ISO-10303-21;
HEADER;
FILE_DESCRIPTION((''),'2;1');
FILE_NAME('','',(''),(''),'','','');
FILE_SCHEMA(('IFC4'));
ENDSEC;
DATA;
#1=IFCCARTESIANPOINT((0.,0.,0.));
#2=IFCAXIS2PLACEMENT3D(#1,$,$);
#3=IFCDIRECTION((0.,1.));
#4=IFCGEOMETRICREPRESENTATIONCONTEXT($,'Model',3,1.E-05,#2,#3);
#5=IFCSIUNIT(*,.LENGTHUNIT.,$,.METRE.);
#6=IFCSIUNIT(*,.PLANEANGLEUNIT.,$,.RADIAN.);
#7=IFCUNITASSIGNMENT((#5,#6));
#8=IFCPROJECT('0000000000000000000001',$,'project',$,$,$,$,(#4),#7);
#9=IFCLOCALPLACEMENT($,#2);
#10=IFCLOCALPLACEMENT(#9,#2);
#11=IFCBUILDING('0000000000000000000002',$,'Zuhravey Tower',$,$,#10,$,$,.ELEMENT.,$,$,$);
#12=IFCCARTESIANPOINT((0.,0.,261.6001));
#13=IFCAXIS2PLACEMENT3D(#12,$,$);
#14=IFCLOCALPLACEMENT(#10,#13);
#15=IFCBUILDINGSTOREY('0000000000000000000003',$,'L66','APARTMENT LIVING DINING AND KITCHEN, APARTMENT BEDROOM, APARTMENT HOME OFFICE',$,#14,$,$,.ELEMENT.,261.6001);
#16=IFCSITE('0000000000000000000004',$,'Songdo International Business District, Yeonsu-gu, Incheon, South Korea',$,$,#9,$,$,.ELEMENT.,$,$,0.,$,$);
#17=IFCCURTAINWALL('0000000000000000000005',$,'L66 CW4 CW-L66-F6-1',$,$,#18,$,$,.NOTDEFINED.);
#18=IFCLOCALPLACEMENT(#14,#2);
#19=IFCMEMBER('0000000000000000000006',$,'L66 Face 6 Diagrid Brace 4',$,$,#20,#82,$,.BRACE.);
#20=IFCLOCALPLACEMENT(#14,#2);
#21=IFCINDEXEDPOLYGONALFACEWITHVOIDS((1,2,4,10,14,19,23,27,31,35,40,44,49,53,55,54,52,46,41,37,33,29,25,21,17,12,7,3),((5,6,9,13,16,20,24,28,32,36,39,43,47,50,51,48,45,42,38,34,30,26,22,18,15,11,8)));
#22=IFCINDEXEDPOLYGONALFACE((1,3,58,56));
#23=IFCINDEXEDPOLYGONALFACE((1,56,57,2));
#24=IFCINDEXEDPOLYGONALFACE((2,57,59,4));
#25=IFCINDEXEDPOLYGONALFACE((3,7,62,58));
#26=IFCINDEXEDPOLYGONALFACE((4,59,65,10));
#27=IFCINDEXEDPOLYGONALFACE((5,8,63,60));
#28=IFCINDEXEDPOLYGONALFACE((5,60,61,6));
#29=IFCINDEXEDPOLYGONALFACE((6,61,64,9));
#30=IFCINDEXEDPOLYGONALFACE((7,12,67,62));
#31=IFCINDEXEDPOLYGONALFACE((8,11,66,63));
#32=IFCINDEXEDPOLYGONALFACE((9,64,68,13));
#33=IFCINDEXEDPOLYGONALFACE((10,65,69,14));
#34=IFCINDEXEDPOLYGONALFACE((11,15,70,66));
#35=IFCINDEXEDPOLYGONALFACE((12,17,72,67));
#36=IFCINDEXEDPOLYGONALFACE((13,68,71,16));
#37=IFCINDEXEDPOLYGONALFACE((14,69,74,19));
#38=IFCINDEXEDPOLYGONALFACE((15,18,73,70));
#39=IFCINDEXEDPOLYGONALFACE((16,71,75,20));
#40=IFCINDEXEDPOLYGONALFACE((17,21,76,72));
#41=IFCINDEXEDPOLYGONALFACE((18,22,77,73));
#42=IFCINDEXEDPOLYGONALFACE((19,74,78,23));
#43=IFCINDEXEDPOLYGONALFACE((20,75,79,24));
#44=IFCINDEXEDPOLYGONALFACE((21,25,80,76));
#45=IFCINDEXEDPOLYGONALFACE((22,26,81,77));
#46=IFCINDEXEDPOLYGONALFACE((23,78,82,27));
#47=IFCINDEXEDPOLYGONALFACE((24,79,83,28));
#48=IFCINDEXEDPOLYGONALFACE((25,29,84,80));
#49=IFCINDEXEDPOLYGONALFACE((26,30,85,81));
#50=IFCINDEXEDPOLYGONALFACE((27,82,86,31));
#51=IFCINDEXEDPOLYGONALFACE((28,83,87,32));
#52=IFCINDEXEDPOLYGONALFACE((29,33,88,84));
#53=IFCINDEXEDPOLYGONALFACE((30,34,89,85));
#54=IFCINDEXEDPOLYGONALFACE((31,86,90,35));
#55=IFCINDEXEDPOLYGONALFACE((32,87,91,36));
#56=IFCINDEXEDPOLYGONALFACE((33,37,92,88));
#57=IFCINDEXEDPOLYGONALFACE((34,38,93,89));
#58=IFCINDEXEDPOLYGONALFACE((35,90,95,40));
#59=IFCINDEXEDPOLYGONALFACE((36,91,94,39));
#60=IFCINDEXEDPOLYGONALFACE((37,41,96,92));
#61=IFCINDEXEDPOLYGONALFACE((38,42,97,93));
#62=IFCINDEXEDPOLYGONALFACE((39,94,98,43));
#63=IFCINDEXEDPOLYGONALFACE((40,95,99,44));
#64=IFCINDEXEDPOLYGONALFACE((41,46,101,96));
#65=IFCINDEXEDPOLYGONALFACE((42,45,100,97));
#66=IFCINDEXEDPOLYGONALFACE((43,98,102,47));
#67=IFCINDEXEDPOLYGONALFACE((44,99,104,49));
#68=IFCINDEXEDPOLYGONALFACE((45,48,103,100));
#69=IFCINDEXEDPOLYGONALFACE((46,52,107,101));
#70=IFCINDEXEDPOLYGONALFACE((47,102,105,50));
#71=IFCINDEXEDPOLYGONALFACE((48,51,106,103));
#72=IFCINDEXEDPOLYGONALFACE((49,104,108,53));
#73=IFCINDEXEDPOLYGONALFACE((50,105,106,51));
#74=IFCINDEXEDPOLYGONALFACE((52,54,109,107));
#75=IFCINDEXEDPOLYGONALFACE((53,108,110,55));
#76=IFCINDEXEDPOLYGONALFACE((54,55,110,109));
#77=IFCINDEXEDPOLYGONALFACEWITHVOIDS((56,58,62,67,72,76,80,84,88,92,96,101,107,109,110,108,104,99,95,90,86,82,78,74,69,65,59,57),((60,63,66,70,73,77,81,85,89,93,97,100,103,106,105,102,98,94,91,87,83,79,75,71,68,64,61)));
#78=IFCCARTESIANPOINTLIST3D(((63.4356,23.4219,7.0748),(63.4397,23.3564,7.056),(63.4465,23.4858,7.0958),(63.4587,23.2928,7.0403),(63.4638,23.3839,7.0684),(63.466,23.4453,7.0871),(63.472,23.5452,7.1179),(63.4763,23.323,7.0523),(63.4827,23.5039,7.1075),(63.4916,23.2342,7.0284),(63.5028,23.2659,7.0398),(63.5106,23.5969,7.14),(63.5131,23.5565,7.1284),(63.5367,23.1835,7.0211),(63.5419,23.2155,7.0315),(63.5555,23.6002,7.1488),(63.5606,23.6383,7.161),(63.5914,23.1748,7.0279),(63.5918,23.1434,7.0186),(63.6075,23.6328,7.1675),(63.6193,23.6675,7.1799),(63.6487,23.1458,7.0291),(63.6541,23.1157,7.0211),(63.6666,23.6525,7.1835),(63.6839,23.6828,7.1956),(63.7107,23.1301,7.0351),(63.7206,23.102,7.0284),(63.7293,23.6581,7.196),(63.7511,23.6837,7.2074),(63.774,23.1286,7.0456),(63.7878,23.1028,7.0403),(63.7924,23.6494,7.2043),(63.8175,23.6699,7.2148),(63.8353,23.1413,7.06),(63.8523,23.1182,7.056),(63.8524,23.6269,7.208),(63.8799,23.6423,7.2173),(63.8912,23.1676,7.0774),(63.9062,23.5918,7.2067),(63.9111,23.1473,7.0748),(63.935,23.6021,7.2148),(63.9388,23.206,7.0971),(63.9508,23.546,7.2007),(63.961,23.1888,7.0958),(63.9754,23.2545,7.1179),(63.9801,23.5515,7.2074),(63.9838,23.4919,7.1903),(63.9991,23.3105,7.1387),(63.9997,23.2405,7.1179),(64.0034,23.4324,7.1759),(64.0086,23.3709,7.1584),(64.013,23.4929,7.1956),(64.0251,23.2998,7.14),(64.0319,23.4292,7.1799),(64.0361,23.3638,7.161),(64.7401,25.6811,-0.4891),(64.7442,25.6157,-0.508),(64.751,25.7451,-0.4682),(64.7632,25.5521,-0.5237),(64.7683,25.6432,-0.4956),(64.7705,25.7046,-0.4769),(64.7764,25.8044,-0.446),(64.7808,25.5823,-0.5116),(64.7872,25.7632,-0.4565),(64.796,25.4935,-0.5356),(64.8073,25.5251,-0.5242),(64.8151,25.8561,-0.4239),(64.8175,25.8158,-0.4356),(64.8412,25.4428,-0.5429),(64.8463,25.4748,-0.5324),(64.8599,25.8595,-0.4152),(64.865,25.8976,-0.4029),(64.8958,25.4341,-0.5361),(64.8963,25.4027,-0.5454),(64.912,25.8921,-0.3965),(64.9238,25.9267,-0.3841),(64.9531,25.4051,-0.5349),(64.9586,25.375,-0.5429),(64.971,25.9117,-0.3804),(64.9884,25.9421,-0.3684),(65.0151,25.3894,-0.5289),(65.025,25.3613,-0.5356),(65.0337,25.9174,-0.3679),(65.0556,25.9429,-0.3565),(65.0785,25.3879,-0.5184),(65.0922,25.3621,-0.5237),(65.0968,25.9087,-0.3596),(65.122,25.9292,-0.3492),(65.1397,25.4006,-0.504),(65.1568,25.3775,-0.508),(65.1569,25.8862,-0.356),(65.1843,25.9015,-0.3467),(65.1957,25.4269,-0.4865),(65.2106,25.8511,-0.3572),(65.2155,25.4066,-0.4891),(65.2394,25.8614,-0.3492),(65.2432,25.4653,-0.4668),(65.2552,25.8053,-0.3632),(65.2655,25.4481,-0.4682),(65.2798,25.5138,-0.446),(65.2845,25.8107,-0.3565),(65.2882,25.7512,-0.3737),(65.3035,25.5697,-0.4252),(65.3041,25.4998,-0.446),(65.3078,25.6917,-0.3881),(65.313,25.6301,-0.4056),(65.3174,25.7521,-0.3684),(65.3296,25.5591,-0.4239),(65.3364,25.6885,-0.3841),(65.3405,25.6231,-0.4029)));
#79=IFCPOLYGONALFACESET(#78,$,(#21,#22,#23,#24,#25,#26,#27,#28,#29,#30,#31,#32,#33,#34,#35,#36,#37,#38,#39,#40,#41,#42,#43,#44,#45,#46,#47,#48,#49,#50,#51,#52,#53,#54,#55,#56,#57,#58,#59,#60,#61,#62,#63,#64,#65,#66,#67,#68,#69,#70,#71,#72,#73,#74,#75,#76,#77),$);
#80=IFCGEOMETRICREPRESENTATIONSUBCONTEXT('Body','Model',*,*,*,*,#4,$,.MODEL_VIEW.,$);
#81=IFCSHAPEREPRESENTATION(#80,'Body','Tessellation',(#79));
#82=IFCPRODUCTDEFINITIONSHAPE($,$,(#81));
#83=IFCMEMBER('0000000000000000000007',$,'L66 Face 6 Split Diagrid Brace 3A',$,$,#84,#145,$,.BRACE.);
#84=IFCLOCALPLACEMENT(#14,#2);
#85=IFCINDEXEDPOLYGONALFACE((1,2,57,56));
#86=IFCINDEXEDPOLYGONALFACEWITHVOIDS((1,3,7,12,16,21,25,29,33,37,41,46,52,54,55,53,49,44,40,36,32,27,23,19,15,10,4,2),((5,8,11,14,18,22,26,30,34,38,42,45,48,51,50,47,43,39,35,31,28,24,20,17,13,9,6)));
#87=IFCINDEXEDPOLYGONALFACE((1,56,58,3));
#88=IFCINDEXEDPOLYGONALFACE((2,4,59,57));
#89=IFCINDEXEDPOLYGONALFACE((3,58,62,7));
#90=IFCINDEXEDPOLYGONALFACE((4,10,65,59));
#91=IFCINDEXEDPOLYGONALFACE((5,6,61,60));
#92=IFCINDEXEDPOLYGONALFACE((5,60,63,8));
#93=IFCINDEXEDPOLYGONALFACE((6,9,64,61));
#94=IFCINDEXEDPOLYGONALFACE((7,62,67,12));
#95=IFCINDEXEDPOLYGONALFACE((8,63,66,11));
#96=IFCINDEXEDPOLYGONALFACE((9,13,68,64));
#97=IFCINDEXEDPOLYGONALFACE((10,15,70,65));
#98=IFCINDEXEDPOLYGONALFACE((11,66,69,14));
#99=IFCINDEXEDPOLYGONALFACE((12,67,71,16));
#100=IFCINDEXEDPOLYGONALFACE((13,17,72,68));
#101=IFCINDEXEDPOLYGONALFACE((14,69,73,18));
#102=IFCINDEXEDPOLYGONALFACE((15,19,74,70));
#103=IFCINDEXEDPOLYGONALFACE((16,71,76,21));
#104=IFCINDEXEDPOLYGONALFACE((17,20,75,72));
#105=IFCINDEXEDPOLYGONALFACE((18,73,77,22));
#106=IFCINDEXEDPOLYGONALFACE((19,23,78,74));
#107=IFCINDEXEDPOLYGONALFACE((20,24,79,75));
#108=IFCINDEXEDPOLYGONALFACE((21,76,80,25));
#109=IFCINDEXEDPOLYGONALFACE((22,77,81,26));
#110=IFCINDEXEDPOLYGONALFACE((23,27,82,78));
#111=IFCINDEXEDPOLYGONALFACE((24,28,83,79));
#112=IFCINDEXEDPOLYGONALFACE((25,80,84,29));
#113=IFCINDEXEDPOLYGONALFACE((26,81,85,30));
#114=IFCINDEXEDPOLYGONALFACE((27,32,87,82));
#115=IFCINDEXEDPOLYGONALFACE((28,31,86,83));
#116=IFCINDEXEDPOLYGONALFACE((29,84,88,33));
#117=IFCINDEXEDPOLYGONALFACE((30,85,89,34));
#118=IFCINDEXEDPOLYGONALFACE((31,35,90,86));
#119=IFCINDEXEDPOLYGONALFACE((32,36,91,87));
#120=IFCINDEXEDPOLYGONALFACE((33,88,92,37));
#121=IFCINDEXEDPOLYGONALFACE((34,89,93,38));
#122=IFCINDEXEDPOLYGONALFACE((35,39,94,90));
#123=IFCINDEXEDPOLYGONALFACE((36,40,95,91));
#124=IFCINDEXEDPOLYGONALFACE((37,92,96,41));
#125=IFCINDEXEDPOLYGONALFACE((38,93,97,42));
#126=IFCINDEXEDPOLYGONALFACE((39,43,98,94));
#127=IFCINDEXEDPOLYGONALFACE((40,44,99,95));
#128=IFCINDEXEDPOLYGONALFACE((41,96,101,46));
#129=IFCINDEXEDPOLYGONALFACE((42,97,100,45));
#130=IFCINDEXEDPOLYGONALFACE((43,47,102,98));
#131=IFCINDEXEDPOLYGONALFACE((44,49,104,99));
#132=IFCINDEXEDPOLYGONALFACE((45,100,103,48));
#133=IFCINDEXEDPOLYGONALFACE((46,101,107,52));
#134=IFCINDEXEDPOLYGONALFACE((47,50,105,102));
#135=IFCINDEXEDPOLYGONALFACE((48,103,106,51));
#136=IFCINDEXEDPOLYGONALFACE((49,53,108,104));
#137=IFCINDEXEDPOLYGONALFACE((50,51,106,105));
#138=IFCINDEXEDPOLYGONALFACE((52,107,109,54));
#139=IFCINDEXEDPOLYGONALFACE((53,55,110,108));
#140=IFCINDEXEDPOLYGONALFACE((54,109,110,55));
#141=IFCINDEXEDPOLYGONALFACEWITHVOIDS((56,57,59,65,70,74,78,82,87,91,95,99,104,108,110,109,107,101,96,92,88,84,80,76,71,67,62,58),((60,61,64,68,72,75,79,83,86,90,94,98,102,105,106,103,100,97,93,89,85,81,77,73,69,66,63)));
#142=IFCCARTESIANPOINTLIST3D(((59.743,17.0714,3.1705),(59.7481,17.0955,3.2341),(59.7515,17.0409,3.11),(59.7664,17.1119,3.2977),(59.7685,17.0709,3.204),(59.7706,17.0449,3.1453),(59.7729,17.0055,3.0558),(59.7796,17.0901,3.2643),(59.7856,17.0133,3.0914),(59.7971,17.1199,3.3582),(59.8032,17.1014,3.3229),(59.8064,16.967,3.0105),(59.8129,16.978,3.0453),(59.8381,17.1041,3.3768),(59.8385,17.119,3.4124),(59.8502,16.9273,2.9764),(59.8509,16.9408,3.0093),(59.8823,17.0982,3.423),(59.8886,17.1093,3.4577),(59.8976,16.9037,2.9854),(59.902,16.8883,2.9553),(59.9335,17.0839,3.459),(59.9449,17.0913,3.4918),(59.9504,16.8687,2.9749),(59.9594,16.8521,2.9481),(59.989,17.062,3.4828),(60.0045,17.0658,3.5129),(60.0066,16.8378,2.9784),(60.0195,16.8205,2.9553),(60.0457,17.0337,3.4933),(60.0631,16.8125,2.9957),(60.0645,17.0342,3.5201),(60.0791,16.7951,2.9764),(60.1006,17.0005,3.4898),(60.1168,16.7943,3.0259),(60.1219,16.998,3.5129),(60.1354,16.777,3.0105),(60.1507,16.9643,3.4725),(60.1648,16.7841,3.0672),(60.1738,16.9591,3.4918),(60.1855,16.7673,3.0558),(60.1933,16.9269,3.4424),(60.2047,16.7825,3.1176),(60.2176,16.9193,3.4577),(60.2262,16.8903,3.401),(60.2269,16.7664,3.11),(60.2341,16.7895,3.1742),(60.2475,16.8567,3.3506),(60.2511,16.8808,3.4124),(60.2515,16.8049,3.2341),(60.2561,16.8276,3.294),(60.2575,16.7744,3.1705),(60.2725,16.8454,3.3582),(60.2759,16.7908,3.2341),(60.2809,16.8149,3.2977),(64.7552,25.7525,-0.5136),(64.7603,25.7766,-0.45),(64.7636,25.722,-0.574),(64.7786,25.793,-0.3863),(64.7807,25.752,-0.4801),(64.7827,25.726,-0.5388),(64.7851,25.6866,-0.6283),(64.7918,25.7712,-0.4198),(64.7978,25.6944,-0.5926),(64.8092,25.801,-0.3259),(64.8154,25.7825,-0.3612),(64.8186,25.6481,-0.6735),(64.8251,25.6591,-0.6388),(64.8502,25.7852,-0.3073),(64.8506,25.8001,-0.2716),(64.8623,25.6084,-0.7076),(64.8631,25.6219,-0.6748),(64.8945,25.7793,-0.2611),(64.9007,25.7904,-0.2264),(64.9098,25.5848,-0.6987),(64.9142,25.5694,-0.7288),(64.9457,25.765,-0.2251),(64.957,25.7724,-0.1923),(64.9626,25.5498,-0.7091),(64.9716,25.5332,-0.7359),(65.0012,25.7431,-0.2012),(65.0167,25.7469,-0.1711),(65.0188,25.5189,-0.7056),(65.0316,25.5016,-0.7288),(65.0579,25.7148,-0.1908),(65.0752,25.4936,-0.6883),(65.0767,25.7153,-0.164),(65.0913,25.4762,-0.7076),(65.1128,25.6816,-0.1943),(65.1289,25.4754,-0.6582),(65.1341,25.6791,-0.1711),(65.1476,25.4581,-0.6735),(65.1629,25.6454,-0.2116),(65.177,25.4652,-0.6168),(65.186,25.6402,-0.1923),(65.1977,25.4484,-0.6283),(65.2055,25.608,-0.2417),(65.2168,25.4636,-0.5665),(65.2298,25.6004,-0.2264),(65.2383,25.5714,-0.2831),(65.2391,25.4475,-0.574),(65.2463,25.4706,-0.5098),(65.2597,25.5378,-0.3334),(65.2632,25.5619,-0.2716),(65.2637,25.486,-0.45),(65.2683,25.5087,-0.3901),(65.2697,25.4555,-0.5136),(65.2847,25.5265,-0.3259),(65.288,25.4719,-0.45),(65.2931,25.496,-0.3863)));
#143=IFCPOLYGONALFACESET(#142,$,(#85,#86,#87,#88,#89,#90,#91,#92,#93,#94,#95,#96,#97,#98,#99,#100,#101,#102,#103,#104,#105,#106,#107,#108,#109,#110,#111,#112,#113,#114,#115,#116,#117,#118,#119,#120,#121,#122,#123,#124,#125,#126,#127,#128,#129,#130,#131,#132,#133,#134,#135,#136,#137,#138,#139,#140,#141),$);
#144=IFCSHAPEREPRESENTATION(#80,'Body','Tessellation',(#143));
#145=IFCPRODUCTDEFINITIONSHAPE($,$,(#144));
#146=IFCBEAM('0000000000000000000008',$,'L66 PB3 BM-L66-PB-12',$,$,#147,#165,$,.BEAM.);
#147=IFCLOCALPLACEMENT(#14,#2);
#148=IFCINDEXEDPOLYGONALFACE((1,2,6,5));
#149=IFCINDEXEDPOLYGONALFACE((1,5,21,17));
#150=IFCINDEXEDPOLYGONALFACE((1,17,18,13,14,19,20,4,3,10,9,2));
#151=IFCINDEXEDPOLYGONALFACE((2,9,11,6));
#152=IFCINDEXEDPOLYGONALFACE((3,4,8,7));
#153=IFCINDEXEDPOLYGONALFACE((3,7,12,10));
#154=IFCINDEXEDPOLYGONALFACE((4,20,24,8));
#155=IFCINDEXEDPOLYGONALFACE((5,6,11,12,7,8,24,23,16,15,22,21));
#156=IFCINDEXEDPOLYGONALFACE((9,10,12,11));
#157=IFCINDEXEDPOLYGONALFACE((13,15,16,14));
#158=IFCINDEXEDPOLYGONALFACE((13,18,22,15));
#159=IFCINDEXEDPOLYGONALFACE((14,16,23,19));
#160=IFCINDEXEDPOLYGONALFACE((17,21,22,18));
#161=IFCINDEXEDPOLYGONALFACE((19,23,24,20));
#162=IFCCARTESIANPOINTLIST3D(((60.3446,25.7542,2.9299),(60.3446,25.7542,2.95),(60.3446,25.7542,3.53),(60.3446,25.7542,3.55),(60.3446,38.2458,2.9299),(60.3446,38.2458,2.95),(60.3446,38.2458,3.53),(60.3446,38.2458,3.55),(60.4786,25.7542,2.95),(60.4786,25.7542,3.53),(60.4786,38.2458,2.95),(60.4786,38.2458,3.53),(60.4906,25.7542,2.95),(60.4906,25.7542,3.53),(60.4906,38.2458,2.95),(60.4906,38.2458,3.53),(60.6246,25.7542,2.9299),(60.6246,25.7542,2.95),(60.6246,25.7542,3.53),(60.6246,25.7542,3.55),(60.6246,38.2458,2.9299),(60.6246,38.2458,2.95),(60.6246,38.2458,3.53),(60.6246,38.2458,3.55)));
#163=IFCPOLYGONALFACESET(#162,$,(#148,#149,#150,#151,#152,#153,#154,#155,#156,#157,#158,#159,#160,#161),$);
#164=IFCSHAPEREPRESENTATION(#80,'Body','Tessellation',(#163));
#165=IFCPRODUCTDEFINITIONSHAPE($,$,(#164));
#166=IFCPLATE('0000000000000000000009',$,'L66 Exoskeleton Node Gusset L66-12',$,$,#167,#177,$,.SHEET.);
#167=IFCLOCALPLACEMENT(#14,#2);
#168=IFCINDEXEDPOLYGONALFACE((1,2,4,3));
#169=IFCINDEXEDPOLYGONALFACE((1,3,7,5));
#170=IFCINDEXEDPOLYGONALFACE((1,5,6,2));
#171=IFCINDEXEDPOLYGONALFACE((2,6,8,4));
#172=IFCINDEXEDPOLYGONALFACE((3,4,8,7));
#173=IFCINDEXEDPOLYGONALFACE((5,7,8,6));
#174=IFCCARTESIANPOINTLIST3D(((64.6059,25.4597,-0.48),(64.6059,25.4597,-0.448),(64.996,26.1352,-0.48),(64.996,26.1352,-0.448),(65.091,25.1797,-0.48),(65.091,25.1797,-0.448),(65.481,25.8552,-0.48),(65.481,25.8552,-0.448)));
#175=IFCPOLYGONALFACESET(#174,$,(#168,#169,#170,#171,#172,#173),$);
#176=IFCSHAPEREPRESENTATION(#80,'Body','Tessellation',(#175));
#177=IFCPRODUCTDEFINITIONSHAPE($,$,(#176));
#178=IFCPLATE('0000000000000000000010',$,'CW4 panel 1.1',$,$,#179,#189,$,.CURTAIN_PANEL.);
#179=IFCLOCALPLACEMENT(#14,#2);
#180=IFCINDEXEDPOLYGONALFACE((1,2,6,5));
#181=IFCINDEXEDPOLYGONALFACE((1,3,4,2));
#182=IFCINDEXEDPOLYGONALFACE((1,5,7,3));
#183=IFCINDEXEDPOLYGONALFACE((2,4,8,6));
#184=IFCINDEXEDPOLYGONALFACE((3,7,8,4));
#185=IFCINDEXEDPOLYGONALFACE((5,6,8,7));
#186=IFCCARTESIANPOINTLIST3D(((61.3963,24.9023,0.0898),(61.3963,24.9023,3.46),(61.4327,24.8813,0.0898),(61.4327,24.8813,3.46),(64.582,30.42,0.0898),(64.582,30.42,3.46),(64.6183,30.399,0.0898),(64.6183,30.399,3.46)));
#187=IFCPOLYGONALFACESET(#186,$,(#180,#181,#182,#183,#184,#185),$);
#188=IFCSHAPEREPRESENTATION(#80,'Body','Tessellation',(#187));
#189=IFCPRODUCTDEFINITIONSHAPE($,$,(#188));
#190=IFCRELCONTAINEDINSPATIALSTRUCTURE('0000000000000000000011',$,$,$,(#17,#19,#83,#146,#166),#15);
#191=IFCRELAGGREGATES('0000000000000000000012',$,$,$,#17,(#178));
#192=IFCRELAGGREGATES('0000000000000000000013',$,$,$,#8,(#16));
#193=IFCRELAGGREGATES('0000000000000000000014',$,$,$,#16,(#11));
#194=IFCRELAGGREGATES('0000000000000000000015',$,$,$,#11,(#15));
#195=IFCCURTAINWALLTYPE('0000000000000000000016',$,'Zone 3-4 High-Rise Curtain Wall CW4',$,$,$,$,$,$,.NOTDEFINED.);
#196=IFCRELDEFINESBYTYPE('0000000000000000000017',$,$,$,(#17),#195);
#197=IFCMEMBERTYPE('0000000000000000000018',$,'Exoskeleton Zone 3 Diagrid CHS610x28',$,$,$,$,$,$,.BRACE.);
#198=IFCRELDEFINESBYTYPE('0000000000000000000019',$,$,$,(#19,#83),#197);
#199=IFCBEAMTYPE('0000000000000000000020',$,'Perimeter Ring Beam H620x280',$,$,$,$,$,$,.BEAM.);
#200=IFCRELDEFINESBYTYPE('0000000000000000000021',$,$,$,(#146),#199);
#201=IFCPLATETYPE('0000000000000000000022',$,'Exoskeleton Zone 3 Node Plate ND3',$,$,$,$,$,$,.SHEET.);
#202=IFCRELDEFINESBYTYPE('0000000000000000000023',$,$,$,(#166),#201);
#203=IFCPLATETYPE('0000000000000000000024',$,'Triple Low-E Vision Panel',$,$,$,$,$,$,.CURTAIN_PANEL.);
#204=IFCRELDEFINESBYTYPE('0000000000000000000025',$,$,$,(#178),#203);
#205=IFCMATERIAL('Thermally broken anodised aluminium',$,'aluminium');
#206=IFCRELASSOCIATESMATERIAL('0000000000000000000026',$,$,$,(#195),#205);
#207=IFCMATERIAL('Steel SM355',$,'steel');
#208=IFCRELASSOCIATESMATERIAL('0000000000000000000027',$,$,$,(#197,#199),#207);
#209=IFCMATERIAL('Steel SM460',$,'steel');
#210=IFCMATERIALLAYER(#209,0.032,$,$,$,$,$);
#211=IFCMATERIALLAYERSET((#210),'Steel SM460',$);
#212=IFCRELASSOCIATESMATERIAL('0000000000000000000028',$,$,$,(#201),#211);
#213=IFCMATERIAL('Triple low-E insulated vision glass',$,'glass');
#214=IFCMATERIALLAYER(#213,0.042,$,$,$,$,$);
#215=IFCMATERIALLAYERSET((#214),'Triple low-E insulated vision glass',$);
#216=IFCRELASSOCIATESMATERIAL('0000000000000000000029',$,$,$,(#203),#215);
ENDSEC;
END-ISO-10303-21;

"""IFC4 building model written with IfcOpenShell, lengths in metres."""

from ifc_helpers import new_model, si_unit, direction, frame, origin, origin_2d, place, context, subcontext, project, spatial, rectangle, hollow_circle, i_section, extrude, material, layer, layer_set, material_profile, profile_set, type_object, element, aggregate, save


model = new_model("IFC4")

# Units and contexts
model_context = context("Model", 3, precision=1e-05, world=origin(), true_north=direction((0.0, 1.0)))
body_context = subcontext(model_context, "Body", "Model", "MODEL_VIEW")
ifc_project = project(units=[si_unit("LENGTHUNIT", "METRE"), si_unit("PLANEANGLEUNIT", "RADIAN")], contexts=[model_context])

# Site, building, storey
site_placement = place(None, origin())
site = spatial("IfcSite", under=ifc_project, at=site_placement, Name="Songdo International Business District, Yeonsu-gu, Incheon, South Korea", CompositionType="ELEMENT", RefElevation=0.0)
building_placement = place(site_placement, origin())
building = spatial("IfcBuilding", under=site, at=building_placement, Name="Zuhravey Tower", CompositionType="ELEMENT")
storey_placement = place(building_placement, frame((0.0, 0.0, 261.6001)))
storey = spatial("IfcBuildingStorey", under=building, at=storey_placement, Name="L66", Description="APARTMENT LIVING DINING AND KITCHEN, APARTMENT BEDROOM, APARTMENT HOME OFFICE", CompositionType="ELEMENT", Elevation=261.6001)

# Curtain wall
ifc_material_1 = material(Name="Thermally broken anodised aluminium", Category="aluminium")
curtain_wall_type = type_object("IfcCurtainWallType", Name="Zone 3-4 High-Rise Curtain Wall CW4", PredefinedType="NOTDEFINED", material=ifc_material_1)
curtain_wall_placement = place(storey_placement, origin())
curtain_wall = element("IfcCurtainWall", 1, at=curtain_wall_placement, inside=storey, type_object=curtain_wall_type, Name="L66 CW4 CW-L66-F6-1", PredefinedType="NOTDEFINED")

# Members
ifc_material_2 = material(Name="Steel SM355", Category="steel")
ifc_material_profile_1 = material_profile(ifc_material_2, hollow_circle(Radius=0.3047, WallThickness=0.0281, at=origin_2d()), Name="CHS-609.6x28")
ifc_profile_set_1 = profile_set([ifc_material_profile_1], Name="Steel SM355")
member_type_1 = type_object("IfcMemberType", Name="Exoskeleton Zone 3 Diagrid CHS610x28", PredefinedType="BRACE", material=ifc_profile_set_1)
member_1_placement = place(storey_placement, frame((65.0403, 25.6521, -0.446), z_axis=(-0.163031, -0.282367, 0.945352), x_axis=(0.866017, -0.500014, 0.0)))
element("IfcMember", 2, at=member_1_placement, inside=storey, type_object=member_type_1, Name="L66 Face 6 Diagrid Brace 4", PredefinedType="BRACE", context=body_context, shape_type="SweptSolid", body=[
    extrude(hollow_circle(Radius=0.3047, WallThickness=0.0281, at=origin_2d()), origin(), (0.0, 0.0, 1.0), 8.0012),
])
member_2_placement = place(storey_placement, frame((65.0242, 25.6243, -0.45), z_axis=(-0.469319, -0.812861, 0.34496), x_axis=(0.866019, -0.500011, 0.0)))
element("IfcMember", 3, at=member_2_placement, inside=storey, type_object=member_type_1, Name="L66 Face 6 Split Diagrid Brace 3A", PredefinedType="BRACE", context=body_context, shape_type="SweptSolid", body=[
    extrude(hollow_circle(Radius=0.3047, WallThickness=0.0281, at=origin_2d()), origin(), (0.0, 0.0, 1.0), 10.6797),
])

# Beam
ifc_material_profile_2 = material_profile(ifc_material_2, i_section(OverallWidth=0.28, OverallDepth=0.6201, WebThickness=0.012, FlangeThickness=0.02, at=origin_2d()), Name="H-620x280x12x20")
ifc_profile_set_2 = profile_set([ifc_material_profile_2], Name="Steel SM355")
beam_type = type_object("IfcBeamType", Name="Perimeter Ring Beam H620x280", PredefinedType="BEAM", material=ifc_profile_set_2)
beam_placement = place(storey_placement, frame((60.4846, 25.7542, 3.24), z_axis=(0.0, 1.0, 0.0), x_axis=(-1.0, 0.0, 0.0)))
element("IfcBeam", 4, at=beam_placement, inside=storey, type_object=beam_type, Name="L66 PB3 BM-L66-PB-12", PredefinedType="BEAM", context=body_context, shape_type="SweptSolid", body=[
    extrude(i_section(OverallWidth=0.28, OverallDepth=0.6201, WebThickness=0.012, FlangeThickness=0.02, at=origin_2d()), origin(), (0.0, 0.0, 1.0), 12.4917),
])

# Plates
ifc_material_3 = material(Name="Steel SM460", Category="steel")
ifc_layer_1 = layer(ifc_material_3, 0.032)
ifc_layer_set_1 = layer_set([ifc_layer_1], Name="Steel SM460")
plate_type_1 = type_object("IfcPlateType", Name="Exoskeleton Zone 3 Node Plate ND3", PredefinedType="SHEET", material=ifc_layer_set_1)
plate_1_placement = place(storey_placement, frame((65.0435, 25.6575, -0.48), z_axis=(0.0, 0.0, 1.0), x_axis=(0.5, 0.866025, 0.0)))
element("IfcPlate", 5, at=plate_1_placement, inside=storey, type_object=plate_type_1, Name="L66 Exoskeleton Node Gusset L66-12", PredefinedType="SHEET", context=body_context, shape_type="SweptSolid", body=[
    extrude(rectangle(XDim=0.78, YDim=0.5601, at=origin_2d()), origin(), (0.0, 0.0, 1.0), 0.032),
])
ifc_material_4 = material(Name="Triple low-E insulated vision glass", Category="glass")
ifc_layer_2 = layer(ifc_material_4, 0.042)
ifc_layer_set_2 = layer_set([ifc_layer_2], Name="Triple low-E insulated vision glass")
plate_type_2 = type_object("IfcPlateType", Name="Triple Low-E Vision Panel", PredefinedType="CURTAIN_PANEL", material=ifc_layer_set_2)
plate_2_placement = place(storey_placement, frame((63.0073, 27.6506, 0.0898), z_axis=(0.0, 0.0, 1.0), x_axis=(-0.500001, -0.866025, 0.0)))
plate_2 = element("IfcPlate", 6, at=plate_2_placement, type_object=plate_type_2, Name="CW4 panel 1.1", PredefinedType="CURTAIN_PANEL", context=body_context, shape_type="SweptSolid", body=[
    extrude(rectangle(XDim=6.3713, YDim=0.042, at=origin_2d()), origin(), (0.0, 0.0, 1.0), 3.3701),
])
aggregate(curtain_wall, [plate_2])

save(model, "model.ifc")
